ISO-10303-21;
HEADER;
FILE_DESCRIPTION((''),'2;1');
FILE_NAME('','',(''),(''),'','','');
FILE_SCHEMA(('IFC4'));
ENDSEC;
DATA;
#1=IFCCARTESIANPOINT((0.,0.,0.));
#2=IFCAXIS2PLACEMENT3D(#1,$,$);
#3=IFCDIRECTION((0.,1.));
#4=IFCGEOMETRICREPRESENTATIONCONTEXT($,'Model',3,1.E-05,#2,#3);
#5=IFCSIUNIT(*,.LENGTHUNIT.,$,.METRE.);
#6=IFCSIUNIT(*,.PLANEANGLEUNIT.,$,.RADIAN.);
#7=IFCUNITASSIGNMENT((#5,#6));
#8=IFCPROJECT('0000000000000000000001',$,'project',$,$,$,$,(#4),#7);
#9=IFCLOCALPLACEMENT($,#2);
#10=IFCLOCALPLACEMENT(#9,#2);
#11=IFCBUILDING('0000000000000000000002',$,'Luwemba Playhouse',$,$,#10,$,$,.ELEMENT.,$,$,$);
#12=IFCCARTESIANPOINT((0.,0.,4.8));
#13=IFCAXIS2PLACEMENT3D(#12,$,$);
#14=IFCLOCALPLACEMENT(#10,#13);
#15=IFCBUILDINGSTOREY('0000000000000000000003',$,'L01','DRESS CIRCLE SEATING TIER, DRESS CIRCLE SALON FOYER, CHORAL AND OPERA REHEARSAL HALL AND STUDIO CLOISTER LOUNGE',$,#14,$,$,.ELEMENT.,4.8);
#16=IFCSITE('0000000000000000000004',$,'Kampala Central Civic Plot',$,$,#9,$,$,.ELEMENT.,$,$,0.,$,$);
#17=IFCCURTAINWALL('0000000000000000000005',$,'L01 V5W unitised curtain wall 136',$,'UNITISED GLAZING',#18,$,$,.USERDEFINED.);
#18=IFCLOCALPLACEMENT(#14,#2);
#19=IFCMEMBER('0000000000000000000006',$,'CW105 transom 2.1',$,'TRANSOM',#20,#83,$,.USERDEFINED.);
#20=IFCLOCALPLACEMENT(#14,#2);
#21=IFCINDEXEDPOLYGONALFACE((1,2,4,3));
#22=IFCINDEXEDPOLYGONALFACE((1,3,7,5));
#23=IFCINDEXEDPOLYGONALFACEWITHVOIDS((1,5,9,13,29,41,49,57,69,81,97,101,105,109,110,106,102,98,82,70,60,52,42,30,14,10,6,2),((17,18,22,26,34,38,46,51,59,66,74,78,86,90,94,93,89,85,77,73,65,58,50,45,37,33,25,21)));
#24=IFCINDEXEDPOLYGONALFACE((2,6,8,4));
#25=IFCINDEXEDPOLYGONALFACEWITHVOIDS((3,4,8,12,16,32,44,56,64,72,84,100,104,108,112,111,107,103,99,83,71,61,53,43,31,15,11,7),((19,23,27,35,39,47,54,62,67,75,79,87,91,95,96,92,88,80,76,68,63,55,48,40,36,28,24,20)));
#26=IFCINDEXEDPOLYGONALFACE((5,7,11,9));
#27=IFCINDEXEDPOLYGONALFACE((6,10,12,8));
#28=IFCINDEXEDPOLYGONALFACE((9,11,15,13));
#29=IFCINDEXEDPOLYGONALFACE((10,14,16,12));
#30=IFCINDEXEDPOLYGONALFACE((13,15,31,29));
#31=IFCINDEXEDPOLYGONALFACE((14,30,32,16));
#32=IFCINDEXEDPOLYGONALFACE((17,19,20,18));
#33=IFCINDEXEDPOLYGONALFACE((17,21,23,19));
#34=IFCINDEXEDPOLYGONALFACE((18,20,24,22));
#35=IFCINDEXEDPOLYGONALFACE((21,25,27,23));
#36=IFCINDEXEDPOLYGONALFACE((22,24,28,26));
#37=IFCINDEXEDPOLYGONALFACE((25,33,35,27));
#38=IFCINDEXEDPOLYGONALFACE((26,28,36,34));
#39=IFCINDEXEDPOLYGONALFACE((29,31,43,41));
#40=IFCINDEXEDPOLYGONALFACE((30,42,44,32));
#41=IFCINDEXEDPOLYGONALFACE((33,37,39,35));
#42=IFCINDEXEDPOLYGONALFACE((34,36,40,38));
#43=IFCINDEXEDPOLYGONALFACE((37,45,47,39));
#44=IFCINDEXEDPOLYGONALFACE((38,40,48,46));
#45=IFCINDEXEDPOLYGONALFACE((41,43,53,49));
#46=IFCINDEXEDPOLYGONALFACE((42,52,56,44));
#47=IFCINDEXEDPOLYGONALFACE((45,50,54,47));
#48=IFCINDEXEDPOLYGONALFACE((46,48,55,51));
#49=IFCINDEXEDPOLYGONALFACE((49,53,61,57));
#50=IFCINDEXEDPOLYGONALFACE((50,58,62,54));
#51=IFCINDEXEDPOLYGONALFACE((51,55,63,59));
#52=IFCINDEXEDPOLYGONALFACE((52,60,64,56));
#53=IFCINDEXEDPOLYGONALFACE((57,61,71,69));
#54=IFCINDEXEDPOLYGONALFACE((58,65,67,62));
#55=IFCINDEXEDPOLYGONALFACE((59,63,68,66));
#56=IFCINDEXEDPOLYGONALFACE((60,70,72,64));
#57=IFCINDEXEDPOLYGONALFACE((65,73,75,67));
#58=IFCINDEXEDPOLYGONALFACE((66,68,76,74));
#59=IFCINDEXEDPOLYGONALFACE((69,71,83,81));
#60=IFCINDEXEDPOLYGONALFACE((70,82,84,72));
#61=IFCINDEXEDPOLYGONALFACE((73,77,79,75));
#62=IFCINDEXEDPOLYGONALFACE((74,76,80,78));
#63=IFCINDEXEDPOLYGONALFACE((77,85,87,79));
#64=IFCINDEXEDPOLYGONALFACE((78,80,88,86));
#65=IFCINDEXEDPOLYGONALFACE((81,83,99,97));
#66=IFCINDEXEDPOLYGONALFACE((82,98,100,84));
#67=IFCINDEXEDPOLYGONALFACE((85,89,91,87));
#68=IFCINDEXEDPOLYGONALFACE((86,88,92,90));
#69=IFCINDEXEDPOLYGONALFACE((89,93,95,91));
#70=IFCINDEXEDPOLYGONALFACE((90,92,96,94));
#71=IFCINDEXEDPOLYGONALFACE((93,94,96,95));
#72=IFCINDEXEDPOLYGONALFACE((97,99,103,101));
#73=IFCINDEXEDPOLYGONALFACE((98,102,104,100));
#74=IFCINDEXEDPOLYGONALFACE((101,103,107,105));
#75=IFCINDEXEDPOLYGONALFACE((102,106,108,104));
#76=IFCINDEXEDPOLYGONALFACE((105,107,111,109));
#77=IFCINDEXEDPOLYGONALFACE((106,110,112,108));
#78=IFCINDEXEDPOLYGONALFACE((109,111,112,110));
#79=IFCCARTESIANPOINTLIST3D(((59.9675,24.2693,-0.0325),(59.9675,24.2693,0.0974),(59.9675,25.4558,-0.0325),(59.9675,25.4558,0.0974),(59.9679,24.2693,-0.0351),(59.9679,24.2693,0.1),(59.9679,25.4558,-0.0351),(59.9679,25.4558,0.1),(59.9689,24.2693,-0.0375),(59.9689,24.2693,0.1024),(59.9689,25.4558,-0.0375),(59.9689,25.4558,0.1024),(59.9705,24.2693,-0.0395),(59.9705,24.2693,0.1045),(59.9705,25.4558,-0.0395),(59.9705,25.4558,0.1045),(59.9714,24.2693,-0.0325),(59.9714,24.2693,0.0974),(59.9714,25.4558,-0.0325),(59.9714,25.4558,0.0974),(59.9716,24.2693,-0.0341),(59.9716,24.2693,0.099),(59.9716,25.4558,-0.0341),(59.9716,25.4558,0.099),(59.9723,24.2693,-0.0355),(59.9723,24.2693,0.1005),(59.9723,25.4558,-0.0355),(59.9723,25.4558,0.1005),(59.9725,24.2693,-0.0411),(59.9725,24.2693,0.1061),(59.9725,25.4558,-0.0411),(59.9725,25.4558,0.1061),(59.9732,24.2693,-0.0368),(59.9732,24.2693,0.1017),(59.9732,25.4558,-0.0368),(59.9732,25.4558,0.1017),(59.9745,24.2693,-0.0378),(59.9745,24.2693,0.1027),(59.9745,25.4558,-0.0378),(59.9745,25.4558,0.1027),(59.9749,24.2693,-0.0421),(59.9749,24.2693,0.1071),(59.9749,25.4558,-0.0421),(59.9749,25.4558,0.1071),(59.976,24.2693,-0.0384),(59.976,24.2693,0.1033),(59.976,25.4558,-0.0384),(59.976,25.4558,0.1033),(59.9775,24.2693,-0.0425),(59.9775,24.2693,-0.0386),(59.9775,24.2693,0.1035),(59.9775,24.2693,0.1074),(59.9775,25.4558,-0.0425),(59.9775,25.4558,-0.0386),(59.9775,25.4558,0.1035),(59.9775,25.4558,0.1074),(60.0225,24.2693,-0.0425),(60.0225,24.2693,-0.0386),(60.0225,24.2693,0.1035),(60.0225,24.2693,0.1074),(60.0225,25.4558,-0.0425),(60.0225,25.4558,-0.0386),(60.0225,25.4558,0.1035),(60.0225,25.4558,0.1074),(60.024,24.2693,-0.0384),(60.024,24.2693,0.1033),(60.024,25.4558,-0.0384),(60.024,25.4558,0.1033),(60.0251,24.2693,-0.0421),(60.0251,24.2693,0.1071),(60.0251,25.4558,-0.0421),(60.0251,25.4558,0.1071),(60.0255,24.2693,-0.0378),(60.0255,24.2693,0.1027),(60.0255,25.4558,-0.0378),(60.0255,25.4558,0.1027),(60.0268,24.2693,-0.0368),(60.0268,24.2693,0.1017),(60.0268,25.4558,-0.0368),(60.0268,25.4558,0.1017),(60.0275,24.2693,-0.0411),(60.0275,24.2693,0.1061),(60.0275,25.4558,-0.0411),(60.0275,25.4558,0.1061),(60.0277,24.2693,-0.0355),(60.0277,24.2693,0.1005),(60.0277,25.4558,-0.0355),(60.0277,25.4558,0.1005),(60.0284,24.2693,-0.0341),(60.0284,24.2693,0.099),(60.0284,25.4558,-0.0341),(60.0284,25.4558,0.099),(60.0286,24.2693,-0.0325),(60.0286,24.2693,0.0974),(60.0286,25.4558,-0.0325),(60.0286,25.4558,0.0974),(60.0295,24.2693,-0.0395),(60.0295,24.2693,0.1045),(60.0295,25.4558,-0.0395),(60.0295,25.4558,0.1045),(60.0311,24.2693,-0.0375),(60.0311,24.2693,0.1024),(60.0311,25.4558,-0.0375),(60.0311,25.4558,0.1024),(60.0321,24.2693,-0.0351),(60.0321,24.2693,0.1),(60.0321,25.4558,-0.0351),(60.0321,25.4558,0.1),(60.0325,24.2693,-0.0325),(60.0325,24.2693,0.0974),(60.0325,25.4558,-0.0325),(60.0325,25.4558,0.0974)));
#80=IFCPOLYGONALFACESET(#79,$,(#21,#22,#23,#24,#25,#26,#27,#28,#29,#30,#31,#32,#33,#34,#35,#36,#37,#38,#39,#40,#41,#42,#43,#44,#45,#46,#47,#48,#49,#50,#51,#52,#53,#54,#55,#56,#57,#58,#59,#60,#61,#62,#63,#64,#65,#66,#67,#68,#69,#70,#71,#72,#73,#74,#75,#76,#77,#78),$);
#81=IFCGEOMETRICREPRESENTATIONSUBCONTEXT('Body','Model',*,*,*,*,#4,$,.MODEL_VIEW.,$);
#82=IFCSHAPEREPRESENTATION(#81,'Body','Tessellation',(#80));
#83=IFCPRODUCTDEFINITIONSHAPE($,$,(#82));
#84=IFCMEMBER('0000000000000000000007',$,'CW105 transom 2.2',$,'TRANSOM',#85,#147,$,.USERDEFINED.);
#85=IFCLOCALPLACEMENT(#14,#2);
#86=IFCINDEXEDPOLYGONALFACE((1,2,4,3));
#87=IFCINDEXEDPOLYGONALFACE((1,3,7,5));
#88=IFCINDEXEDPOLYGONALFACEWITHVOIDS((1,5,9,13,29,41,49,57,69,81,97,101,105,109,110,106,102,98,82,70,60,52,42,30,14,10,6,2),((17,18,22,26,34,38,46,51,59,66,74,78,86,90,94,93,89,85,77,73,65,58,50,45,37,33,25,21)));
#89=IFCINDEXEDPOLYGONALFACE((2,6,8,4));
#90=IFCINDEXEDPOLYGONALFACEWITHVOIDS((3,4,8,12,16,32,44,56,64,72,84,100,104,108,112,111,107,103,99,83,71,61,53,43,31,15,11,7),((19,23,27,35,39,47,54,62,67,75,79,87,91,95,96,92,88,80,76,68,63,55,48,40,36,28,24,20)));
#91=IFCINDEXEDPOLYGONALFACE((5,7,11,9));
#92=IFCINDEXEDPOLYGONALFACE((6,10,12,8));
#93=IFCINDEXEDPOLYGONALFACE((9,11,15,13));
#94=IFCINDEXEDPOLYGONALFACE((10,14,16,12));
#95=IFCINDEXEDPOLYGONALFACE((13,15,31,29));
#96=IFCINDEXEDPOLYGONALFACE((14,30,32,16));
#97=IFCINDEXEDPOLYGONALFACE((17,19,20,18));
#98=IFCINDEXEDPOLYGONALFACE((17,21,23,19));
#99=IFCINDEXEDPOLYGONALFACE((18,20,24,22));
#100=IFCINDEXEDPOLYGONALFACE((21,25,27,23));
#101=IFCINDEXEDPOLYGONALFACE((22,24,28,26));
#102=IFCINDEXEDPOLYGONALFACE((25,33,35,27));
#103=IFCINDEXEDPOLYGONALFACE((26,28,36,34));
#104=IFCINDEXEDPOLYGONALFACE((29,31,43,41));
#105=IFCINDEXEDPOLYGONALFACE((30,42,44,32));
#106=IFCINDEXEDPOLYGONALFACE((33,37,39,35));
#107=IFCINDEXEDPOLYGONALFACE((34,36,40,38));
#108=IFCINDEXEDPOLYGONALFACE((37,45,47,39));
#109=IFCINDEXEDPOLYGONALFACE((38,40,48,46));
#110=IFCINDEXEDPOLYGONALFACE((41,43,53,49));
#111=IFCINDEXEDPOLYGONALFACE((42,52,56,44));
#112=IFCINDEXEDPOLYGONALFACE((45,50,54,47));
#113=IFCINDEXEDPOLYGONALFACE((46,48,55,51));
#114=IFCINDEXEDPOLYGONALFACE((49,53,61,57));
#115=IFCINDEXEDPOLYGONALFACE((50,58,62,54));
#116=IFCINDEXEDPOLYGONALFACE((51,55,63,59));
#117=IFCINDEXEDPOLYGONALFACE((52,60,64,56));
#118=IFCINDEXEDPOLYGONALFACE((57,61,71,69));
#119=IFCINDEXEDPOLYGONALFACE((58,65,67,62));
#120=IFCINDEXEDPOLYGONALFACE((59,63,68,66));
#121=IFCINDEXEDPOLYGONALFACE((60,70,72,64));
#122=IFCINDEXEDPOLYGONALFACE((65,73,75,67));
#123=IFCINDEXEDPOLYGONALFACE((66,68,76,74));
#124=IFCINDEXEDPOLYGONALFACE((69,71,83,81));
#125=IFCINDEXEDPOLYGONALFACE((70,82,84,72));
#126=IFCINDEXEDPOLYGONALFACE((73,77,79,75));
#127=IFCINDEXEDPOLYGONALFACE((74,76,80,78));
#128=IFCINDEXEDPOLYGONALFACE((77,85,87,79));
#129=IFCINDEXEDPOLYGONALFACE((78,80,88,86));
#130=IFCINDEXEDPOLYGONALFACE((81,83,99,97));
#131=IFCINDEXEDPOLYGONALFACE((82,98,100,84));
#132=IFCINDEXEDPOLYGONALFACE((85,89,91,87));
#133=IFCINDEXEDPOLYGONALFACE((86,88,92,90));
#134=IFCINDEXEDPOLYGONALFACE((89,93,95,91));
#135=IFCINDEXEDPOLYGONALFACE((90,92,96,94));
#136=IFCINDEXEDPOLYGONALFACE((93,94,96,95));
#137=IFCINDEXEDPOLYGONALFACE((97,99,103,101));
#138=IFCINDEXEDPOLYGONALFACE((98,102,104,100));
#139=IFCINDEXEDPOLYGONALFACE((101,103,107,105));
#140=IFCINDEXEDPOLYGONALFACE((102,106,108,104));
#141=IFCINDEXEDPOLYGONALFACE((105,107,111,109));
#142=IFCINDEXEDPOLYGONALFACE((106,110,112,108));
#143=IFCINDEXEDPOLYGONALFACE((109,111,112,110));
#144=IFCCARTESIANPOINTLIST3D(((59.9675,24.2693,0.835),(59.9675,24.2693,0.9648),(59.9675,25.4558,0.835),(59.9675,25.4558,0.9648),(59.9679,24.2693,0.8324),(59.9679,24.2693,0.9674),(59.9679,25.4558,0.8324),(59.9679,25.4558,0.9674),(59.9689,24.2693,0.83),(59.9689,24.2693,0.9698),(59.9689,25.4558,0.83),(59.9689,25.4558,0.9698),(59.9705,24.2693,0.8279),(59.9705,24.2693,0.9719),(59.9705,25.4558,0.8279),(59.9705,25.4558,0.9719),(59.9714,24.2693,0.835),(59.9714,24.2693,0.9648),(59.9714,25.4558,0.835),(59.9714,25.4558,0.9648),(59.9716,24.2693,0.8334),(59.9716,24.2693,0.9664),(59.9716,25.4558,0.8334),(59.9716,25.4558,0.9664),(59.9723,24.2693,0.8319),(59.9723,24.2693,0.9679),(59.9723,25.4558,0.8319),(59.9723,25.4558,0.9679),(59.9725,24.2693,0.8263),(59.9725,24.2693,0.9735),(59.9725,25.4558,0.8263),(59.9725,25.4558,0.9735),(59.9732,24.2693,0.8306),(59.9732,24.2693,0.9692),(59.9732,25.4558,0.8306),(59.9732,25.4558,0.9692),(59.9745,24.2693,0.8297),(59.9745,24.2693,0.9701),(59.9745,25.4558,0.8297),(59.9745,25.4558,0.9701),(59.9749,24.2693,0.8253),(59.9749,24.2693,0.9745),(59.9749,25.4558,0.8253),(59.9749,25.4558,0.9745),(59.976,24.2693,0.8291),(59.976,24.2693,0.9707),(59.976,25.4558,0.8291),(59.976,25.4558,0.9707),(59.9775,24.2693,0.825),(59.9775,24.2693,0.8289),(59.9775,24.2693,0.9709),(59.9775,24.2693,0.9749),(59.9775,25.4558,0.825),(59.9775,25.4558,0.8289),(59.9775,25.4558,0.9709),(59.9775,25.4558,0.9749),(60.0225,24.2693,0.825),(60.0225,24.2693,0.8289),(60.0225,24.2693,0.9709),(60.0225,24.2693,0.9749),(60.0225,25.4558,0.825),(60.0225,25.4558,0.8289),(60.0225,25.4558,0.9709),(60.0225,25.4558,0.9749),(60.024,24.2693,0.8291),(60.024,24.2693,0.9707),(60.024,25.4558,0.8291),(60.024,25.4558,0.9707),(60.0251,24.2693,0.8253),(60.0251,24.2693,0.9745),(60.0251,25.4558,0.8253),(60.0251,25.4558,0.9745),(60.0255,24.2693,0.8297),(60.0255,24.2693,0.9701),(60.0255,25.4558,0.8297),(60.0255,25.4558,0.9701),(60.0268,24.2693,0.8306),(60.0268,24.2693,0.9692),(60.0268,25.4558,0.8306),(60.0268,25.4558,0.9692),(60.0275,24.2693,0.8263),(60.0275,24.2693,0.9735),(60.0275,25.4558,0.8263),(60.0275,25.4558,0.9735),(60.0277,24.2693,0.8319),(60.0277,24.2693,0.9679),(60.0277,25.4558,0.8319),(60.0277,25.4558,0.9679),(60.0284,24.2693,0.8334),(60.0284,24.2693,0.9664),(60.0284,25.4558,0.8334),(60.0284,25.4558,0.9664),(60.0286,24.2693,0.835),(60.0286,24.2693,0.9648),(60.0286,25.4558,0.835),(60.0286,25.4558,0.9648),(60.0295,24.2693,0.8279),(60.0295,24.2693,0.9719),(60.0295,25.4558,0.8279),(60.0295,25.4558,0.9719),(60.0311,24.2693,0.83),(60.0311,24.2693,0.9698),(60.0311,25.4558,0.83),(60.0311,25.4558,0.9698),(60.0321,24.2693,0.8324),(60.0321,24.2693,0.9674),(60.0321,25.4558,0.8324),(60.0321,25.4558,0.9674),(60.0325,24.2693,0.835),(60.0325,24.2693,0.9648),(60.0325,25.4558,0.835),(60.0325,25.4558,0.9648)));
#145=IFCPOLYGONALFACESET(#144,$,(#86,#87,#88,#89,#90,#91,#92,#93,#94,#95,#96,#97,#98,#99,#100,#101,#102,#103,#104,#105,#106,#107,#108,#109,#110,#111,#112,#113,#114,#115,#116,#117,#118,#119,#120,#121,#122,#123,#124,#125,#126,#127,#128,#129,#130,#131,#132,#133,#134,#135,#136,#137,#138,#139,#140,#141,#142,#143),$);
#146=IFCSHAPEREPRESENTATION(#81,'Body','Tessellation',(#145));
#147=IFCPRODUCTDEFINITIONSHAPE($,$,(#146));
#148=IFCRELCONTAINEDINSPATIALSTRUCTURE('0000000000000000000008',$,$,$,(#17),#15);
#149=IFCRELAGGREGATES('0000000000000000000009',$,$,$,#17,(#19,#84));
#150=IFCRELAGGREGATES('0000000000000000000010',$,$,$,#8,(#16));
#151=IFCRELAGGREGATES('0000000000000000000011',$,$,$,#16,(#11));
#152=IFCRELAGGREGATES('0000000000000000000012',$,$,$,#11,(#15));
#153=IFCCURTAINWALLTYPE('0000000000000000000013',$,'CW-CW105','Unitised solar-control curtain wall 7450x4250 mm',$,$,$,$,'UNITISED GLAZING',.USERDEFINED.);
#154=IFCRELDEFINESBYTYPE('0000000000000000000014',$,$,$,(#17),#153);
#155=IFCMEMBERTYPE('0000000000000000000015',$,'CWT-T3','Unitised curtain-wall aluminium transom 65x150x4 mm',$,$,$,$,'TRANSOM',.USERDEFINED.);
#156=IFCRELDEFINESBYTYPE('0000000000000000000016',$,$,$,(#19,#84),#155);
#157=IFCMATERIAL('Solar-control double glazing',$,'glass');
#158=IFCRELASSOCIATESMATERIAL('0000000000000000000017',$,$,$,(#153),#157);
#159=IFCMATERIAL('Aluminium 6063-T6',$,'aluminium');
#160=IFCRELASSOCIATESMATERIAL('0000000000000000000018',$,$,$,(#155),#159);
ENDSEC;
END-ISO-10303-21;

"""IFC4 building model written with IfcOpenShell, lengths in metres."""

from ifc_helpers import new_model, si_unit, direction, frame, origin, origin_2d, place, context, subcontext, project, spatial, hollow_rectangle, extrude, material, material_profile, profile_set, type_object, element, aggregate, save


model = new_model("IFC4")

# Units and contexts
model_context = context("Model", 3, precision=1e-05, world=origin(), true_north=direction((0.0, 1.0)))
body_context = subcontext(model_context, "Body", "Model", "MODEL_VIEW")
ifc_project = project(units=[si_unit("LENGTHUNIT", "METRE"), si_unit("PLANEANGLEUNIT", "RADIAN")], contexts=[model_context])

# Site, building, storey
site_placement = place(None, origin())
site = spatial("IfcSite", under=ifc_project, at=site_placement, Name="Kampala Central Civic Plot", CompositionType="ELEMENT", RefElevation=0.0)
building_placement = place(site_placement, origin())
building = spatial("IfcBuilding", under=site, at=building_placement, Name="Luwemba Playhouse", CompositionType="ELEMENT")
storey_placement = place(building_placement, frame((0.0, 0.0, 4.8)))
storey = spatial("IfcBuildingStorey", under=building, at=storey_placement, Name="L01", Description="DRESS CIRCLE SEATING TIER, DRESS CIRCLE SALON FOYER, CHORAL AND OPERA REHEARSAL HALL AND STUDIO CLOISTER LOUNGE", CompositionType="ELEMENT", Elevation=4.8)

# Curtain wall, members
ifc_material_1 = material(Name="Solar-control double glazing", Category="glass")
curtain_wall_type = type_object("IfcCurtainWallType", Name="CW-CW105", Description="Unitised solar-control curtain wall 7450x4250 mm", ElementType="UNITISED GLAZING", PredefinedType="USERDEFINED", material=ifc_material_1)
curtain_wall_placement = place(storey_placement, origin())
curtain_wall = element("IfcCurtainWall", 1, at=curtain_wall_placement, inside=storey, type_object=curtain_wall_type, Name="L01 V5W unitised curtain wall 136", ObjectType="UNITISED GLAZING", PredefinedType="USERDEFINED")
ifc_material_2 = material(Name="Aluminium 6063-T6", Category="aluminium")
ifc_material_profile_1 = material_profile(ifc_material_2, hollow_rectangle(XDim=0.0649, YDim=0.1499, WallThickness=0.0039, InnerFilletRadius=0.0061, OuterFilletRadius=0.01, at=origin_2d()))
ifc_profile_set_1 = profile_set([ifc_material_profile_1], Name="Aluminium 6063-T6")
member_type_1 = type_object("IfcMemberType", Name="CWT-T3", Description="Unitised curtain-wall aluminium transom 65x150x4 mm", ElementType="TRANSOM", PredefinedType="USERDEFINED", material=ifc_profile_set_1)
member_1_placement = place(storey_placement, frame((60.0, 25.4558, 0.0325), z_axis=(0.0, -1.0, 0.0), x_axis=(1.0, 0.0, 0.0)))
member_1 = element("IfcMember", 2, at=member_1_placement, type_object=member_type_1, Name="CW105 transom 2.1", ObjectType="TRANSOM", PredefinedType="USERDEFINED", context=body_context, shape_type="SweptSolid", body=[
    extrude(hollow_rectangle(XDim=0.0649, YDim=0.1499, WallThickness=0.0039, InnerFilletRadius=0.0061, OuterFilletRadius=0.01, at=origin_2d()), origin(), (0.0, 0.0, 1.0), 1.1865),
])
member_2_placement = place(storey_placement, frame((60.0, 25.4558, 0.8999), z_axis=(0.0, -1.0, 0.0), x_axis=(1.0, 0.0, 0.0)))
member_2 = element("IfcMember", 3, at=member_2_placement, type_object=member_type_1, Name="CW105 transom 2.2", ObjectType="TRANSOM", PredefinedType="USERDEFINED", context=body_context, shape_type="SweptSolid", body=[
    extrude(hollow_rectangle(XDim=0.0649, YDim=0.1499, WallThickness=0.0039, InnerFilletRadius=0.0061, OuterFilletRadius=0.01, at=origin_2d()), origin(), (0.0, 0.0, 1.0), 1.1865),
])
aggregate(curtain_wall, [member_1, member_2])

save(model, "model.ifc")
